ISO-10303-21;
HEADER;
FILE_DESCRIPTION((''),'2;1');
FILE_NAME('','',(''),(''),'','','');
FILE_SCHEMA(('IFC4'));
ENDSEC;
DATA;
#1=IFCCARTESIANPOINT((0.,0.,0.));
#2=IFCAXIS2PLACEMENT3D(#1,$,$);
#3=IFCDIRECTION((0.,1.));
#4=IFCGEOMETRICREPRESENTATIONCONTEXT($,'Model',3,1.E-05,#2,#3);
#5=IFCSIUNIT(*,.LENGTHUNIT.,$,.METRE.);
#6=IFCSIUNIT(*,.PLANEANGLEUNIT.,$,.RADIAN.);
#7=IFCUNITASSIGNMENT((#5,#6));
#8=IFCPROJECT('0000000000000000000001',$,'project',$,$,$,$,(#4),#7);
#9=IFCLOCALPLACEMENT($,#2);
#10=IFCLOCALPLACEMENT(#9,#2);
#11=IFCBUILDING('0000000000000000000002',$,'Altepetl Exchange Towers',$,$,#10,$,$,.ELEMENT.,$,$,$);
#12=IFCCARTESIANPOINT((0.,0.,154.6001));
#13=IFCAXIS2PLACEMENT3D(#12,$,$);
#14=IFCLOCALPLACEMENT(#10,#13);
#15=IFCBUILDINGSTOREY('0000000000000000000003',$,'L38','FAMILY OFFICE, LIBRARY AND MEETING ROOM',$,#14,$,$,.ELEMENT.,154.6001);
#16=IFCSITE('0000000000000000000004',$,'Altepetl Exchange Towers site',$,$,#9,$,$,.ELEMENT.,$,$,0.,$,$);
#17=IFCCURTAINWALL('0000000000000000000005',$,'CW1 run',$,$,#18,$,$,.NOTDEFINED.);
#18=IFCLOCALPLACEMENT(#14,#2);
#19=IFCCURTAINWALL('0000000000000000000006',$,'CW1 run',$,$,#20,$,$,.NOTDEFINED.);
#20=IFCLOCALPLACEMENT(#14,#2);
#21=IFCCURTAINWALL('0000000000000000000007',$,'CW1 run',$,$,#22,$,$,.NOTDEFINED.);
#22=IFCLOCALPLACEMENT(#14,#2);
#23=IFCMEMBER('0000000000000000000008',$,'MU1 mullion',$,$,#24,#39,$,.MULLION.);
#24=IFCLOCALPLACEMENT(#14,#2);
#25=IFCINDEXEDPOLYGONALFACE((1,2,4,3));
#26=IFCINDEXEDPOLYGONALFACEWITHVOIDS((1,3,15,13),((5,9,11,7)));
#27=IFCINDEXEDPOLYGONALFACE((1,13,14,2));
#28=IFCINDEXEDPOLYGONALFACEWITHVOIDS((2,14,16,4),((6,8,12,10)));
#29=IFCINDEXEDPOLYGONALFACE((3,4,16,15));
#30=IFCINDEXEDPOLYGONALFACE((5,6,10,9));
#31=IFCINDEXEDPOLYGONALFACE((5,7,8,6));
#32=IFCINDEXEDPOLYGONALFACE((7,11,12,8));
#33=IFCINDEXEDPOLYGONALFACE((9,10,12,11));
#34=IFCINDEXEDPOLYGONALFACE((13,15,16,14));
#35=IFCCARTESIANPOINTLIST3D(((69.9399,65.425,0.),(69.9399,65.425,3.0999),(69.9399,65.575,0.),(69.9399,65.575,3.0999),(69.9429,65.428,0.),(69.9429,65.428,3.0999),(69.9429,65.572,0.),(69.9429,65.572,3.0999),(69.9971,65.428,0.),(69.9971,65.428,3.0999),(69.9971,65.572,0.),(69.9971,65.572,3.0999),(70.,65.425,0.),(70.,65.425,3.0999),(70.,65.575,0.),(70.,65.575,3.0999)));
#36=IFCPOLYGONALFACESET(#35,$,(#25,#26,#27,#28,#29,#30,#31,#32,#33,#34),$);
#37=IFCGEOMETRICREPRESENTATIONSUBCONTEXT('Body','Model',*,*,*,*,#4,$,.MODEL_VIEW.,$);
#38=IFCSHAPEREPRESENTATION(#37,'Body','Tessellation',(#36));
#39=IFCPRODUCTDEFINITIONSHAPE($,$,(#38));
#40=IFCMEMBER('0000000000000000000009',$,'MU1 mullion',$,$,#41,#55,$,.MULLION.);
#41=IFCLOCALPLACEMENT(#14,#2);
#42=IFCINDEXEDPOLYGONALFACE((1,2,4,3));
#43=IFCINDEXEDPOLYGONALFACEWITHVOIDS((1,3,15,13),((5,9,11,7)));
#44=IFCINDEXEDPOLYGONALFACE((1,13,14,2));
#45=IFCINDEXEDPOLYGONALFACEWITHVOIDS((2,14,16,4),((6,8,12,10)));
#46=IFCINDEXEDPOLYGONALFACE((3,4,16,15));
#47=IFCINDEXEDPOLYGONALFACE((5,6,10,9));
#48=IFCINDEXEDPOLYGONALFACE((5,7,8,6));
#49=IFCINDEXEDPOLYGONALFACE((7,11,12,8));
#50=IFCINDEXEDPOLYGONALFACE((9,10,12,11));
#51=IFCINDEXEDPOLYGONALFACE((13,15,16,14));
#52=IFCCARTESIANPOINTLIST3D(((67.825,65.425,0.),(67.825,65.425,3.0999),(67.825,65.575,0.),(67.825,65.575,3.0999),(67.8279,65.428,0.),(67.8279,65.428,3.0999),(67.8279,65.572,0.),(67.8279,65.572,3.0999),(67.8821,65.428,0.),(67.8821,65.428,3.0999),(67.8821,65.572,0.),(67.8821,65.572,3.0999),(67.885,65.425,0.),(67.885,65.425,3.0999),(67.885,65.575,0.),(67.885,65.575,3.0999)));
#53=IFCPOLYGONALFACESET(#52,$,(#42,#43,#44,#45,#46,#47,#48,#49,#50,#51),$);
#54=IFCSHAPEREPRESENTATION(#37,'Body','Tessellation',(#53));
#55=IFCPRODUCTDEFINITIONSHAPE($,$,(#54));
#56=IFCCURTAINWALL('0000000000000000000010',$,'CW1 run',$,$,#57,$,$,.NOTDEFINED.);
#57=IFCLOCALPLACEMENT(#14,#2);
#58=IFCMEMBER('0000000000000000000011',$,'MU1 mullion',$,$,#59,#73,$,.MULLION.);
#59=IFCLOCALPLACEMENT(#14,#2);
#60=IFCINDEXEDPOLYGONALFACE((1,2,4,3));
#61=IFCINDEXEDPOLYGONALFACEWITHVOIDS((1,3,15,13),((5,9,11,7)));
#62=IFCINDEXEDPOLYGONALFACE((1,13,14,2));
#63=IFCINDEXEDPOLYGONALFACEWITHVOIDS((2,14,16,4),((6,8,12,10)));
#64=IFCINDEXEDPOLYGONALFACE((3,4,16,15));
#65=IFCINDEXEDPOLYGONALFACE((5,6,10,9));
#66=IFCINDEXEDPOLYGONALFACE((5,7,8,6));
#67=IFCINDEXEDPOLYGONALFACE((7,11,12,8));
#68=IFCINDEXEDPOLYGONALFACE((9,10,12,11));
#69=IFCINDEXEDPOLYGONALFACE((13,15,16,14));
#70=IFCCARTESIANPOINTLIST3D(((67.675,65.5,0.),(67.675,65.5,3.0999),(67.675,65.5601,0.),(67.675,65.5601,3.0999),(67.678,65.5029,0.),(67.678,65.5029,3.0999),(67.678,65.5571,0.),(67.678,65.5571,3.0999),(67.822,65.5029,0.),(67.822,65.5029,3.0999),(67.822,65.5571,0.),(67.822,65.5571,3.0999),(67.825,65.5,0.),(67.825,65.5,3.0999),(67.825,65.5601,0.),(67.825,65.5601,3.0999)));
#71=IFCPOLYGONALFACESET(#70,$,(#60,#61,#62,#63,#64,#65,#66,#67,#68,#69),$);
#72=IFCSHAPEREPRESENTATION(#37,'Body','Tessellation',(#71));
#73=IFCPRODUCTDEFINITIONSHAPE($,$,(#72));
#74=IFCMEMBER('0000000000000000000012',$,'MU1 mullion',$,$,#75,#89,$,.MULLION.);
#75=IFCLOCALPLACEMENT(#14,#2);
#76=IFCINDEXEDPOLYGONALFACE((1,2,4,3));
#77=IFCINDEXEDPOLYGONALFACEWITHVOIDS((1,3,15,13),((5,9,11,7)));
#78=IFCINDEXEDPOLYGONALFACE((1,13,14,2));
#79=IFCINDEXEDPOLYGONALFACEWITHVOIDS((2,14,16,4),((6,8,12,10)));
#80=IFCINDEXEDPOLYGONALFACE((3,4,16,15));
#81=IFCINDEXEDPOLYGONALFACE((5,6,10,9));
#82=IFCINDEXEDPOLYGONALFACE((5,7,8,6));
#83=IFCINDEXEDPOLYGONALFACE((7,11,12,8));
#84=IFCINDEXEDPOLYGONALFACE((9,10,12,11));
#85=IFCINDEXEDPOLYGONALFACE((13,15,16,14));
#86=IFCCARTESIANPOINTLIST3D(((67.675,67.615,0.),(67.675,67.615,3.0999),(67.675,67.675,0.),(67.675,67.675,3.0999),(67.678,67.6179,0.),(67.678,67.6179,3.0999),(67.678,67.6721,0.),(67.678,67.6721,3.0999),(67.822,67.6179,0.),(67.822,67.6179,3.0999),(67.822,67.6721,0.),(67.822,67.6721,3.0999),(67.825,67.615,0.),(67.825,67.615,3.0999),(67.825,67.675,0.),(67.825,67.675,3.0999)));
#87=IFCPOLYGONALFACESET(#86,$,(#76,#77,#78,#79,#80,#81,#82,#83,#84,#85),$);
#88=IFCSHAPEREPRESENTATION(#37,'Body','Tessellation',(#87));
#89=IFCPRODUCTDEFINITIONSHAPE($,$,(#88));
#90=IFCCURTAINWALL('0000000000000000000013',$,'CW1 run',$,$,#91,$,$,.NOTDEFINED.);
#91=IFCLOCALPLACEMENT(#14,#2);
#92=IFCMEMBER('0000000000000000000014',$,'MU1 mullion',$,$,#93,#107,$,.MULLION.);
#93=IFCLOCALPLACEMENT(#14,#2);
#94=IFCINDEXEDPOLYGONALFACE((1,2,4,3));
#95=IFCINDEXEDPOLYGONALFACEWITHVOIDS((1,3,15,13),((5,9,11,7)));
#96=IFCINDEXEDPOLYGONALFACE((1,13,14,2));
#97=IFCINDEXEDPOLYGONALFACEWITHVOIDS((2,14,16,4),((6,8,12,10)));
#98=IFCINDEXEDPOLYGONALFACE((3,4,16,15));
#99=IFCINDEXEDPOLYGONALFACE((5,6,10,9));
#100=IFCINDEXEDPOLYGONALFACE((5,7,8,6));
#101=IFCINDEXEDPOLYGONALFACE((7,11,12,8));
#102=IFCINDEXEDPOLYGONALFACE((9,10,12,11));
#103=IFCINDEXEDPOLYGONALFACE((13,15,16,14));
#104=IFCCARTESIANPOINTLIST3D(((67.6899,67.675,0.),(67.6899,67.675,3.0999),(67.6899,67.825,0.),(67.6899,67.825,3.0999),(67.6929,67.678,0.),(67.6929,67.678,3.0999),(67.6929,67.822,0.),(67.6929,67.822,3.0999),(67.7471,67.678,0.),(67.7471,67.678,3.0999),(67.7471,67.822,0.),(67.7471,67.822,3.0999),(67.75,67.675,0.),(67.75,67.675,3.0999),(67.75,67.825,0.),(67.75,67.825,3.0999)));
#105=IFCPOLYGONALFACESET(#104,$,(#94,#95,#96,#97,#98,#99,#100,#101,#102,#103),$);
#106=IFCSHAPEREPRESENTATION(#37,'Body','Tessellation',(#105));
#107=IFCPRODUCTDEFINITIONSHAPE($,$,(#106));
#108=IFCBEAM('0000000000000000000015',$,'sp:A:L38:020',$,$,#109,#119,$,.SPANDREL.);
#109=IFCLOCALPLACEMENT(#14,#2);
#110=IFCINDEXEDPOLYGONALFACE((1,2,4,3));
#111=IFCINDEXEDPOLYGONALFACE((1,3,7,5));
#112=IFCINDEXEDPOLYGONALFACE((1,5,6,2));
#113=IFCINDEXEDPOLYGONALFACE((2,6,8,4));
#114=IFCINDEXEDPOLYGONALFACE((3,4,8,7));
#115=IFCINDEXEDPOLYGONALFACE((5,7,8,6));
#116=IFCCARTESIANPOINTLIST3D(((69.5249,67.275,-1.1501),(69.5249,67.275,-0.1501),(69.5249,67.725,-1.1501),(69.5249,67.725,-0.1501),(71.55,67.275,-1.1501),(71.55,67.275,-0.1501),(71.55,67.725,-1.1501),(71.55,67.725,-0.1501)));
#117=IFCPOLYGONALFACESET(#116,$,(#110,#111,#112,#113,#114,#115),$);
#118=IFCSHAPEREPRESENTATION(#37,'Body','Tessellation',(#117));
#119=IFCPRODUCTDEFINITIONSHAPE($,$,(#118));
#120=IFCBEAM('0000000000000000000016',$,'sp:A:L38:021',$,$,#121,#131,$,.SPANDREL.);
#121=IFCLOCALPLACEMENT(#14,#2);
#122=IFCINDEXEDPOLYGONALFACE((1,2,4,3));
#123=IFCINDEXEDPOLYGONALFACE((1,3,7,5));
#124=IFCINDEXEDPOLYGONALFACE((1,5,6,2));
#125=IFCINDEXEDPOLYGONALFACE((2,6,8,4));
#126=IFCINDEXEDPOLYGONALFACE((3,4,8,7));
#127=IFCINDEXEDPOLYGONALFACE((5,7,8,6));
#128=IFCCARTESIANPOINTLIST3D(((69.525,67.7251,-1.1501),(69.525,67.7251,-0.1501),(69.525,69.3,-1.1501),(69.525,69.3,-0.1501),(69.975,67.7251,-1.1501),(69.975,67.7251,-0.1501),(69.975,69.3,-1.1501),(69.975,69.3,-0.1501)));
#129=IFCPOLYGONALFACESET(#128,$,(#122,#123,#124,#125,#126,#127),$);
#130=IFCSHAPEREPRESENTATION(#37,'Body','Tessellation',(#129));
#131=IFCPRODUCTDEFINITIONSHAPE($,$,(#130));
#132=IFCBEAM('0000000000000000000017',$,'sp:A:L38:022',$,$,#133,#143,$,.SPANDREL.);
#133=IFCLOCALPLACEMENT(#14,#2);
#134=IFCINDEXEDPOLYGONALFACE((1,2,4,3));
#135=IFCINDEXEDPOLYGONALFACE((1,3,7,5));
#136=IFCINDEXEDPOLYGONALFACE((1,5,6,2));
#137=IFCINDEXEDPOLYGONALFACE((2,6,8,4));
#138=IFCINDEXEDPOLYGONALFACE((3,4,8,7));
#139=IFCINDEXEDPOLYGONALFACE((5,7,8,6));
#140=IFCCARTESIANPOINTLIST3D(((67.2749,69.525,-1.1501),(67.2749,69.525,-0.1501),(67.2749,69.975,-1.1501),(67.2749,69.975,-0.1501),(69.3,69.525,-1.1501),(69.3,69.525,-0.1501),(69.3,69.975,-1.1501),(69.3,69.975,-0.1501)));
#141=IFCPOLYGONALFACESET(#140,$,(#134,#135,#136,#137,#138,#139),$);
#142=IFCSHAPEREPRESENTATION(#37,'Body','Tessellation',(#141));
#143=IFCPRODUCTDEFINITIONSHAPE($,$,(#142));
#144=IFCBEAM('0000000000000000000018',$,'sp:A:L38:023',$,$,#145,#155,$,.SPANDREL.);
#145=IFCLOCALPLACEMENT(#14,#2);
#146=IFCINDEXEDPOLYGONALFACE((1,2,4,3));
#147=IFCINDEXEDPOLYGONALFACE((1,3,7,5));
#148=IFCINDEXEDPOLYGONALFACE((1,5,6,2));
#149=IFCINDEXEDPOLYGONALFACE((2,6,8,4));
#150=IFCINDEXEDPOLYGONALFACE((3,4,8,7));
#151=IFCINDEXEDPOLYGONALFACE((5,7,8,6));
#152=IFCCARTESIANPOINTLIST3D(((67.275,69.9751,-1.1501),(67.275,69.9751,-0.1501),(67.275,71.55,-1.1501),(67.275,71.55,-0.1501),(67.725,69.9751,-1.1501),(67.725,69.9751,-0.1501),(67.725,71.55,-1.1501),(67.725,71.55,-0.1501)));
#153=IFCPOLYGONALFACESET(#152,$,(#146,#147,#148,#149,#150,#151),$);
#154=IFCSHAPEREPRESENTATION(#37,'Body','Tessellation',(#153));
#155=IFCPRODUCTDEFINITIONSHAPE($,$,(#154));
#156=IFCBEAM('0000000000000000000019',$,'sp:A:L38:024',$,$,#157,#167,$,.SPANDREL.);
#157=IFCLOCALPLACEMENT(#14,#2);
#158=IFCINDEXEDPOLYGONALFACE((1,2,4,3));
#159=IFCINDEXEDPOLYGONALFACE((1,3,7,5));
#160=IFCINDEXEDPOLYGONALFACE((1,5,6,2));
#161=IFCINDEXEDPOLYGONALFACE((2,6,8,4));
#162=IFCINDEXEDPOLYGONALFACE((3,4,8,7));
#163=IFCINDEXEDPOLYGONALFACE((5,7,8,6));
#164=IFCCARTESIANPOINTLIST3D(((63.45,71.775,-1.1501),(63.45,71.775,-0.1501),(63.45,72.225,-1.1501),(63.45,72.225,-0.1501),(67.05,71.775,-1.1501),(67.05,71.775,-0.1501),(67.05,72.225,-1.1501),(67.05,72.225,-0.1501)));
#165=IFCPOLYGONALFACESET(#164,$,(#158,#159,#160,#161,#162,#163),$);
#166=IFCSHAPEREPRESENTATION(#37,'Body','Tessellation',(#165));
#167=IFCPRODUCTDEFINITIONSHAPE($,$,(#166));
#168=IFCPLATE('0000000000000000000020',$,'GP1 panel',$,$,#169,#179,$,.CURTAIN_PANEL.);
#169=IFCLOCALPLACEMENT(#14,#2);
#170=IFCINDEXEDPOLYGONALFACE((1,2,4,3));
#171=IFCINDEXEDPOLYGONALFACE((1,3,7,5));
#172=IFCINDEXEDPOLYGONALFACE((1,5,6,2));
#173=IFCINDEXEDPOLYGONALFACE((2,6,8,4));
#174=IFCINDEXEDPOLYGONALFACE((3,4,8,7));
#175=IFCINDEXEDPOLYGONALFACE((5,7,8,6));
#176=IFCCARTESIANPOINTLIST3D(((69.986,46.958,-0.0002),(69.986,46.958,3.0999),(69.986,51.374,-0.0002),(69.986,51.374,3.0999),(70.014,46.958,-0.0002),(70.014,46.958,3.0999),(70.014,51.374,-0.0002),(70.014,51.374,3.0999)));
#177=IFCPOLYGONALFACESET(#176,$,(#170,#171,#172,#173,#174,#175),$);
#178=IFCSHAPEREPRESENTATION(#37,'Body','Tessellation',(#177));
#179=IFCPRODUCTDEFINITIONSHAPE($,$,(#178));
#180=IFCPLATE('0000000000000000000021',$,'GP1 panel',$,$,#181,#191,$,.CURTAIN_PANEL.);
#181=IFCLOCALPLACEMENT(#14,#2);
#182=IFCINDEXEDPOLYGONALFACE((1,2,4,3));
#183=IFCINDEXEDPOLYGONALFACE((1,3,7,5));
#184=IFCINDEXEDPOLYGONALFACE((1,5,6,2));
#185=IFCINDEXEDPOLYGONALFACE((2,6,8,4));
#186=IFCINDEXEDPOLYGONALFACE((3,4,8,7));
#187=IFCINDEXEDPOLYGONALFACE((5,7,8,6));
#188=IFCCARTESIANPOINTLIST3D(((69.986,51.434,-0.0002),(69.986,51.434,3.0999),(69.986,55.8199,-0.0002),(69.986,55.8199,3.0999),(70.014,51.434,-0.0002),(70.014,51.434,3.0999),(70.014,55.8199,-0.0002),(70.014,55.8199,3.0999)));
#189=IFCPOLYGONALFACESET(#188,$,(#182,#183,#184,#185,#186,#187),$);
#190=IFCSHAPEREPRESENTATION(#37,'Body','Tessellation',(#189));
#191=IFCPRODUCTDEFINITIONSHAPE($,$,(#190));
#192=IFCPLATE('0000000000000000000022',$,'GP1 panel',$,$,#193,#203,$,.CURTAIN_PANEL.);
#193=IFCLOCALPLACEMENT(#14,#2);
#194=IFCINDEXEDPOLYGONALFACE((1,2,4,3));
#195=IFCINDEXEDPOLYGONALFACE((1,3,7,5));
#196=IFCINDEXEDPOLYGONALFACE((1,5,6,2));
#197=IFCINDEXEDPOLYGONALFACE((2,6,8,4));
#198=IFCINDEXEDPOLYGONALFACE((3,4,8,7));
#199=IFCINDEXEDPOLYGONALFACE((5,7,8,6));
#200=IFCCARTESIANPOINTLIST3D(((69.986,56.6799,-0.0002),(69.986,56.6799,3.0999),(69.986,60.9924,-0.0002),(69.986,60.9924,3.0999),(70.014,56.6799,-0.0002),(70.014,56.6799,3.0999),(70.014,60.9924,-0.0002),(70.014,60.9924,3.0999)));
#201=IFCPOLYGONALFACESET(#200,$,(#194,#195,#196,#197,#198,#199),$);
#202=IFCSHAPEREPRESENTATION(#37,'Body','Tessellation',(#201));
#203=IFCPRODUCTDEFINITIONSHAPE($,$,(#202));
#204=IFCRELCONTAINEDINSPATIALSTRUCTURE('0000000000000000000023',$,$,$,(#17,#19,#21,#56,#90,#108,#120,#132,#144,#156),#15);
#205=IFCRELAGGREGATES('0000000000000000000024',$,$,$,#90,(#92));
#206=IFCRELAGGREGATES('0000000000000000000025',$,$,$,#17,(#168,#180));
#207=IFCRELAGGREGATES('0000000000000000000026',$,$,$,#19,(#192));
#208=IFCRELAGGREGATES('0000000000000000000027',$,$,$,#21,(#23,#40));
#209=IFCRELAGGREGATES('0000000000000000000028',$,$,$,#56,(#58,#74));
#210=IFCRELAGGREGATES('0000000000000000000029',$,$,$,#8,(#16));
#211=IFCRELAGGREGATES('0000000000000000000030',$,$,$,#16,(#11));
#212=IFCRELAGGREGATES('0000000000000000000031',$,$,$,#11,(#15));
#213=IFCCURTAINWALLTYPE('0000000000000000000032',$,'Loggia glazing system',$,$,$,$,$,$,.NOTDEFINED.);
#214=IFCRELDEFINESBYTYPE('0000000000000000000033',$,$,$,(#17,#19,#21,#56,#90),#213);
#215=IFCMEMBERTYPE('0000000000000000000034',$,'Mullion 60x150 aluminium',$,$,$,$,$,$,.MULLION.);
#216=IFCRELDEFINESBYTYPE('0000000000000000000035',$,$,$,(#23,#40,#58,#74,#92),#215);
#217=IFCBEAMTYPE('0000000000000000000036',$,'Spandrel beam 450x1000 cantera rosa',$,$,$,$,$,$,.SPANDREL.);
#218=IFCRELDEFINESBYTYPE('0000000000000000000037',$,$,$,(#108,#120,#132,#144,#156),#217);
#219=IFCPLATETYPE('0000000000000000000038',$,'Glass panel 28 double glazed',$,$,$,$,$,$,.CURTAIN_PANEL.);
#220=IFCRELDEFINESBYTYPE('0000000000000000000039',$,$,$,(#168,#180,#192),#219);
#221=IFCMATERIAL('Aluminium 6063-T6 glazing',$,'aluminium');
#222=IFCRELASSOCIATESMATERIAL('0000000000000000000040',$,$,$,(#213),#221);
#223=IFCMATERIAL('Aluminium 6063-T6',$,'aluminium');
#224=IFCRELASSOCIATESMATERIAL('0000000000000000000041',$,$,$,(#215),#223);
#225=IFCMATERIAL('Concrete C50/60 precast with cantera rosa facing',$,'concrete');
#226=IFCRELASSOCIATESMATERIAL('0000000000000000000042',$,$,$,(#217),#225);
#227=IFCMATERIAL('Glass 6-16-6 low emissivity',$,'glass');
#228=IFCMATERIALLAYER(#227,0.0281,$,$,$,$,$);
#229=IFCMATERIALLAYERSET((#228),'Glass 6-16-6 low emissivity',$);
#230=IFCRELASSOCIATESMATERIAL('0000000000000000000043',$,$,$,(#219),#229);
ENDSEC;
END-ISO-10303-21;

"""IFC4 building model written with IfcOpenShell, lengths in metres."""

from ifc_helpers import new_model, si_unit, direction, frame, origin, origin_2d, place, context, subcontext, project, spatial, rectangle, hollow_rectangle, extrude, material, layer, layer_set, material_profile, profile_set, type_object, element, aggregate, save


model = new_model("IFC4")

# Units and contexts
model_context = context("Model", 3, precision=1e-05, world=origin(), true_north=direction((0.0, 1.0)))
body_context = subcontext(model_context, "Body", "Model", "MODEL_VIEW")
ifc_project = project(units=[si_unit("LENGTHUNIT", "METRE"), si_unit("PLANEANGLEUNIT", "RADIAN")], contexts=[model_context])

# Site, building, storey
site_placement = place(None, origin())
site = spatial("IfcSite", under=ifc_project, at=site_placement, Name="Altepetl Exchange Towers site", CompositionType="ELEMENT", RefElevation=0.0)
building_placement = place(site_placement, origin())
building = spatial("IfcBuilding", under=site, at=building_placement, Name="Altepetl Exchange Towers", CompositionType="ELEMENT")
storey_placement = place(building_placement, frame((0.0, 0.0, 154.6001)))
storey = spatial("IfcBuildingStorey", under=building, at=storey_placement, Name="L38", Description="FAMILY OFFICE, LIBRARY AND MEETING ROOM", CompositionType="ELEMENT", Elevation=154.6001)

# Curtain walls, members
ifc_material_1 = material(Name="Aluminium 6063-T6 glazing", Category="aluminium")
curtain_wall_type = type_object("IfcCurtainWallType", Name="Loggia glazing system", PredefinedType="NOTDEFINED", material=ifc_material_1)
curtain_wall_1_placement = place(storey_placement, origin())
curtain_wall_1 = element("IfcCurtainWall", 1, at=curtain_wall_1_placement, inside=storey, type_object=curtain_wall_type, Name="CW1 run", PredefinedType="NOTDEFINED")
ifc_material_2 = material(Name="Aluminium 6063-T6", Category="aluminium")
ifc_material_profile_1 = material_profile(ifc_material_2, hollow_rectangle(XDim=0.0601, YDim=0.1499, WallThickness=0.0029, at=origin_2d()), Name="Mullion 60x150 aluminium")
ifc_profile_set_1 = profile_set([ifc_material_profile_1], Name="Aluminium 6063-T6")
member_type = type_object("IfcMemberType", Name="Mullion 60x150 aluminium", PredefinedType="MULLION", material=ifc_profile_set_1)
curtain_wall_2_placement = place(storey_placement, origin())
curtain_wall_2 = element("IfcCurtainWall", 2, at=curtain_wall_2_placement, inside=storey, type_object=curtain_wall_type, Name="CW1 run", PredefinedType="NOTDEFINED")
curtain_wall_3_placement = place(storey_placement, origin())
curtain_wall_3 = element("IfcCurtainWall", 3, at=curtain_wall_3_placement, inside=storey, type_object=curtain_wall_type, Name="CW1 run", PredefinedType="NOTDEFINED")
member_1_placement = place(storey_placement, frame((69.97, 65.5, 0.0), z_axis=(0.0, 0.0, 1.0), x_axis=(-1.0, 0.0, 0.0)))
member_1 = element("IfcMember", 4, at=member_1_placement, type_object=member_type, Name="MU1 mullion", PredefinedType="MULLION", context=body_context, shape_type="SweptSolid", body=[
    extrude(hollow_rectangle(XDim=0.0601, YDim=0.1499, WallThickness=0.0029, at=origin_2d()), origin(), (0.0, 0.0, 1.0), 3.0999),
])
member_2_placement = place(storey_placement, frame((67.855, 65.5, 0.0), z_axis=(0.0, 0.0, 1.0), x_axis=(-1.0, 0.0, 0.0)))
member_2 = element("IfcMember", 5, at=member_2_placement, type_object=member_type, Name="MU1 mullion", PredefinedType="MULLION", context=body_context, shape_type="SweptSolid", body=[
    extrude(hollow_rectangle(XDim=0.0601, YDim=0.1499, WallThickness=0.0029, at=origin_2d()), origin(), (0.0, 0.0, 1.0), 3.0999),
])
curtain_wall_4_placement = place(storey_placement, origin())
curtain_wall_4 = element("IfcCurtainWall", 6, at=curtain_wall_4_placement, inside=storey, type_object=curtain_wall_type, Name="CW1 run", PredefinedType="NOTDEFINED")
member_3_placement = place(storey_placement, frame((67.75, 65.53, 0.0), z_axis=(0.0, 0.0, 1.0), x_axis=(0.0, 1.0, 0.0)))
member_3 = element("IfcMember", 7, at=member_3_placement, type_object=member_type, Name="MU1 mullion", PredefinedType="MULLION", context=body_context, shape_type="SweptSolid", body=[
    extrude(hollow_rectangle(XDim=0.0601, YDim=0.1499, WallThickness=0.0029, at=origin_2d()), origin(), (0.0, 0.0, 1.0), 3.0999),
])
member_4_placement = place(storey_placement, frame((67.75, 67.645, 0.0), z_axis=(0.0, 0.0, 1.0), x_axis=(0.0, 1.0, 0.0)))
member_4 = element("IfcMember", 8, at=member_4_placement, type_object=member_type, Name="MU1 mullion", PredefinedType="MULLION", context=body_context, shape_type="SweptSolid", body=[
    extrude(hollow_rectangle(XDim=0.0601, YDim=0.1499, WallThickness=0.0029, at=origin_2d()), origin(), (0.0, 0.0, 1.0), 3.0999),
])

# Curtain wall, member
curtain_wall_5_placement = place(storey_placement, origin())
curtain_wall_5 = element("IfcCurtainWall", 9, at=curtain_wall_5_placement, inside=storey, type_object=curtain_wall_type, Name="CW1 run", PredefinedType="NOTDEFINED")
member_5_placement = place(storey_placement, frame((67.72, 67.75, 0.0), z_axis=(0.0, 0.0, 1.0), x_axis=(-1.0, 0.0, 0.0)))
member_5 = element("IfcMember", 10, at=member_5_placement, type_object=member_type, Name="MU1 mullion", PredefinedType="MULLION", context=body_context, shape_type="SweptSolid", body=[
    extrude(hollow_rectangle(XDim=0.0601, YDim=0.1499, WallThickness=0.0029, at=origin_2d()), origin(), (0.0, 0.0, 1.0), 3.0999),
])
aggregate(curtain_wall_5, [member_5])

# Beams
ifc_material_3 = material(Name="Concrete C50/60 precast with cantera rosa facing", Category="concrete")
ifc_material_profile_2 = material_profile(ifc_material_3, rectangle(XDim=0.45, YDim=1.0, at=origin_2d()), Name="450 x 1000")
ifc_profile_set_2 = profile_set([ifc_material_profile_2], Name="Concrete C50/60 precast with cantera rosa facing")
beam_type_1 = type_object("IfcBeamType", Name="Spandrel beam 450x1000 cantera rosa", PredefinedType="SPANDREL", material=ifc_profile_set_2)
beam_1_placement = place(storey_placement, frame((71.55, 67.5, -0.6501), z_axis=(-1.0, 0.0, 0.0), x_axis=(0.0, -1.0, 0.0)))
element("IfcBeam", 11, at=beam_1_placement, inside=storey, type_object=beam_type_1, Name="sp:A:L38:020", PredefinedType="SPANDREL", context=body_context, shape_type="SweptSolid", body=[
    extrude(rectangle(XDim=0.45, YDim=1.0, at=origin_2d()), origin(), (0.0, 0.0, 1.0), 2.0251),
])
beam_2_placement = place(storey_placement, frame((69.75, 67.7251, -0.6501), z_axis=(0.0, 1.0, 0.0), x_axis=(-1.0, 0.0, 0.0)))
element("IfcBeam", 12, at=beam_2_placement, inside=storey, type_object=beam_type_1, Name="sp:A:L38:021", PredefinedType="SPANDREL", context=body_context, shape_type="SweptSolid", body=[
    extrude(rectangle(XDim=0.45, YDim=1.0, at=origin_2d()), origin(), (0.0, 0.0, 1.0), 1.575),
])
beam_3_placement = place(storey_placement, frame((69.3, 69.75, -0.6501), z_axis=(-1.0, 0.0, 0.0), x_axis=(0.0, -1.0, 0.0)))
element("IfcBeam", 13, at=beam_3_placement, inside=storey, type_object=beam_type_1, Name="sp:A:L38:022", PredefinedType="SPANDREL", context=body_context, shape_type="SweptSolid", body=[
    extrude(rectangle(XDim=0.45, YDim=1.0, at=origin_2d()), origin(), (0.0, 0.0, 1.0), 2.0251),
])
beam_4_placement = place(storey_placement, frame((67.5, 69.9751, -0.6501), z_axis=(0.0, 1.0, 0.0), x_axis=(-1.0, 0.0, 0.0)))
element("IfcBeam", 14, at=beam_4_placement, inside=storey, type_object=beam_type_1, Name="sp:A:L38:023", PredefinedType="SPANDREL", context=body_context, shape_type="SweptSolid", body=[
    extrude(rectangle(XDim=0.45, YDim=1.0, at=origin_2d()), origin(), (0.0, 0.0, 1.0), 1.575),
])
beam_5_placement = place(storey_placement, frame((67.05, 72.0, -0.6501), z_axis=(-1.0, 0.0, 0.0), x_axis=(0.0, -1.0, 0.0)))
element("IfcBeam", 15, at=beam_5_placement, inside=storey, type_object=beam_type_1, Name="sp:A:L38:024", PredefinedType="SPANDREL", context=body_context, shape_type="SweptSolid", body=[
    extrude(rectangle(XDim=0.45, YDim=1.0, at=origin_2d()), origin(), (0.0, 0.0, 1.0), 3.6001),
])

# Plates
ifc_material_4 = material(Name="Glass 6-16-6 low emissivity", Category="glass")
ifc_layer = layer(ifc_material_4, 0.0281)
ifc_layer_set = layer_set([ifc_layer], Name="Glass 6-16-6 low emissivity")
plate_type = type_object("IfcPlateType", Name="Glass panel 28 double glazed", PredefinedType="CURTAIN_PANEL", material=ifc_layer_set)
plate_1_placement = place(storey_placement, frame((70.0, 49.166, -0.0002), z_axis=(0.0, 0.0, 1.0), x_axis=(0.0, 1.0, 0.0)))
plate_1 = element("IfcPlate", 16, at=plate_1_placement, type_object=plate_type, Name="GP1 panel", PredefinedType="CURTAIN_PANEL", context=body_context, shape_type="SweptSolid", body=[
    extrude(rectangle(XDim=4.416, YDim=0.0281, at=origin_2d()), origin(), (0.0, 0.0, 1.0), 3.1001),
])
plate_2_placement = place(storey_placement, frame((70.0, 53.627, -0.0002), z_axis=(0.0, 0.0, 1.0), x_axis=(0.0, 1.0, 0.0)))
plate_2 = element("IfcPlate", 17, at=plate_2_placement, type_object=plate_type, Name="GP1 panel", PredefinedType="CURTAIN_PANEL", context=body_context, shape_type="SweptSolid", body=[
    extrude(rectangle(XDim=4.386, YDim=0.0281, at=origin_2d()), origin(), (0.0, 0.0, 1.0), 3.1001),
])
aggregate(curtain_wall_1, [plate_1, plate_2])
plate_3_placement = place(storey_placement, frame((70.0, 58.8362, -0.0002), z_axis=(0.0, 0.0, 1.0), x_axis=(0.0, 1.0, 0.0)))
plate_3 = element("IfcPlate", 18, at=plate_3_placement, type_object=plate_type, Name="GP1 panel", PredefinedType="CURTAIN_PANEL", context=body_context, shape_type="SweptSolid", body=[
    extrude(rectangle(XDim=4.3125, YDim=0.0281, at=origin_2d()), origin(), (0.0, 0.0, 1.0), 3.1001),
])
aggregate(curtain_wall_2, [plate_3])
aggregate(curtain_wall_3, [member_1, member_2])
aggregate(curtain_wall_4, [member_3, member_4])

save(model, "model.ifc")
